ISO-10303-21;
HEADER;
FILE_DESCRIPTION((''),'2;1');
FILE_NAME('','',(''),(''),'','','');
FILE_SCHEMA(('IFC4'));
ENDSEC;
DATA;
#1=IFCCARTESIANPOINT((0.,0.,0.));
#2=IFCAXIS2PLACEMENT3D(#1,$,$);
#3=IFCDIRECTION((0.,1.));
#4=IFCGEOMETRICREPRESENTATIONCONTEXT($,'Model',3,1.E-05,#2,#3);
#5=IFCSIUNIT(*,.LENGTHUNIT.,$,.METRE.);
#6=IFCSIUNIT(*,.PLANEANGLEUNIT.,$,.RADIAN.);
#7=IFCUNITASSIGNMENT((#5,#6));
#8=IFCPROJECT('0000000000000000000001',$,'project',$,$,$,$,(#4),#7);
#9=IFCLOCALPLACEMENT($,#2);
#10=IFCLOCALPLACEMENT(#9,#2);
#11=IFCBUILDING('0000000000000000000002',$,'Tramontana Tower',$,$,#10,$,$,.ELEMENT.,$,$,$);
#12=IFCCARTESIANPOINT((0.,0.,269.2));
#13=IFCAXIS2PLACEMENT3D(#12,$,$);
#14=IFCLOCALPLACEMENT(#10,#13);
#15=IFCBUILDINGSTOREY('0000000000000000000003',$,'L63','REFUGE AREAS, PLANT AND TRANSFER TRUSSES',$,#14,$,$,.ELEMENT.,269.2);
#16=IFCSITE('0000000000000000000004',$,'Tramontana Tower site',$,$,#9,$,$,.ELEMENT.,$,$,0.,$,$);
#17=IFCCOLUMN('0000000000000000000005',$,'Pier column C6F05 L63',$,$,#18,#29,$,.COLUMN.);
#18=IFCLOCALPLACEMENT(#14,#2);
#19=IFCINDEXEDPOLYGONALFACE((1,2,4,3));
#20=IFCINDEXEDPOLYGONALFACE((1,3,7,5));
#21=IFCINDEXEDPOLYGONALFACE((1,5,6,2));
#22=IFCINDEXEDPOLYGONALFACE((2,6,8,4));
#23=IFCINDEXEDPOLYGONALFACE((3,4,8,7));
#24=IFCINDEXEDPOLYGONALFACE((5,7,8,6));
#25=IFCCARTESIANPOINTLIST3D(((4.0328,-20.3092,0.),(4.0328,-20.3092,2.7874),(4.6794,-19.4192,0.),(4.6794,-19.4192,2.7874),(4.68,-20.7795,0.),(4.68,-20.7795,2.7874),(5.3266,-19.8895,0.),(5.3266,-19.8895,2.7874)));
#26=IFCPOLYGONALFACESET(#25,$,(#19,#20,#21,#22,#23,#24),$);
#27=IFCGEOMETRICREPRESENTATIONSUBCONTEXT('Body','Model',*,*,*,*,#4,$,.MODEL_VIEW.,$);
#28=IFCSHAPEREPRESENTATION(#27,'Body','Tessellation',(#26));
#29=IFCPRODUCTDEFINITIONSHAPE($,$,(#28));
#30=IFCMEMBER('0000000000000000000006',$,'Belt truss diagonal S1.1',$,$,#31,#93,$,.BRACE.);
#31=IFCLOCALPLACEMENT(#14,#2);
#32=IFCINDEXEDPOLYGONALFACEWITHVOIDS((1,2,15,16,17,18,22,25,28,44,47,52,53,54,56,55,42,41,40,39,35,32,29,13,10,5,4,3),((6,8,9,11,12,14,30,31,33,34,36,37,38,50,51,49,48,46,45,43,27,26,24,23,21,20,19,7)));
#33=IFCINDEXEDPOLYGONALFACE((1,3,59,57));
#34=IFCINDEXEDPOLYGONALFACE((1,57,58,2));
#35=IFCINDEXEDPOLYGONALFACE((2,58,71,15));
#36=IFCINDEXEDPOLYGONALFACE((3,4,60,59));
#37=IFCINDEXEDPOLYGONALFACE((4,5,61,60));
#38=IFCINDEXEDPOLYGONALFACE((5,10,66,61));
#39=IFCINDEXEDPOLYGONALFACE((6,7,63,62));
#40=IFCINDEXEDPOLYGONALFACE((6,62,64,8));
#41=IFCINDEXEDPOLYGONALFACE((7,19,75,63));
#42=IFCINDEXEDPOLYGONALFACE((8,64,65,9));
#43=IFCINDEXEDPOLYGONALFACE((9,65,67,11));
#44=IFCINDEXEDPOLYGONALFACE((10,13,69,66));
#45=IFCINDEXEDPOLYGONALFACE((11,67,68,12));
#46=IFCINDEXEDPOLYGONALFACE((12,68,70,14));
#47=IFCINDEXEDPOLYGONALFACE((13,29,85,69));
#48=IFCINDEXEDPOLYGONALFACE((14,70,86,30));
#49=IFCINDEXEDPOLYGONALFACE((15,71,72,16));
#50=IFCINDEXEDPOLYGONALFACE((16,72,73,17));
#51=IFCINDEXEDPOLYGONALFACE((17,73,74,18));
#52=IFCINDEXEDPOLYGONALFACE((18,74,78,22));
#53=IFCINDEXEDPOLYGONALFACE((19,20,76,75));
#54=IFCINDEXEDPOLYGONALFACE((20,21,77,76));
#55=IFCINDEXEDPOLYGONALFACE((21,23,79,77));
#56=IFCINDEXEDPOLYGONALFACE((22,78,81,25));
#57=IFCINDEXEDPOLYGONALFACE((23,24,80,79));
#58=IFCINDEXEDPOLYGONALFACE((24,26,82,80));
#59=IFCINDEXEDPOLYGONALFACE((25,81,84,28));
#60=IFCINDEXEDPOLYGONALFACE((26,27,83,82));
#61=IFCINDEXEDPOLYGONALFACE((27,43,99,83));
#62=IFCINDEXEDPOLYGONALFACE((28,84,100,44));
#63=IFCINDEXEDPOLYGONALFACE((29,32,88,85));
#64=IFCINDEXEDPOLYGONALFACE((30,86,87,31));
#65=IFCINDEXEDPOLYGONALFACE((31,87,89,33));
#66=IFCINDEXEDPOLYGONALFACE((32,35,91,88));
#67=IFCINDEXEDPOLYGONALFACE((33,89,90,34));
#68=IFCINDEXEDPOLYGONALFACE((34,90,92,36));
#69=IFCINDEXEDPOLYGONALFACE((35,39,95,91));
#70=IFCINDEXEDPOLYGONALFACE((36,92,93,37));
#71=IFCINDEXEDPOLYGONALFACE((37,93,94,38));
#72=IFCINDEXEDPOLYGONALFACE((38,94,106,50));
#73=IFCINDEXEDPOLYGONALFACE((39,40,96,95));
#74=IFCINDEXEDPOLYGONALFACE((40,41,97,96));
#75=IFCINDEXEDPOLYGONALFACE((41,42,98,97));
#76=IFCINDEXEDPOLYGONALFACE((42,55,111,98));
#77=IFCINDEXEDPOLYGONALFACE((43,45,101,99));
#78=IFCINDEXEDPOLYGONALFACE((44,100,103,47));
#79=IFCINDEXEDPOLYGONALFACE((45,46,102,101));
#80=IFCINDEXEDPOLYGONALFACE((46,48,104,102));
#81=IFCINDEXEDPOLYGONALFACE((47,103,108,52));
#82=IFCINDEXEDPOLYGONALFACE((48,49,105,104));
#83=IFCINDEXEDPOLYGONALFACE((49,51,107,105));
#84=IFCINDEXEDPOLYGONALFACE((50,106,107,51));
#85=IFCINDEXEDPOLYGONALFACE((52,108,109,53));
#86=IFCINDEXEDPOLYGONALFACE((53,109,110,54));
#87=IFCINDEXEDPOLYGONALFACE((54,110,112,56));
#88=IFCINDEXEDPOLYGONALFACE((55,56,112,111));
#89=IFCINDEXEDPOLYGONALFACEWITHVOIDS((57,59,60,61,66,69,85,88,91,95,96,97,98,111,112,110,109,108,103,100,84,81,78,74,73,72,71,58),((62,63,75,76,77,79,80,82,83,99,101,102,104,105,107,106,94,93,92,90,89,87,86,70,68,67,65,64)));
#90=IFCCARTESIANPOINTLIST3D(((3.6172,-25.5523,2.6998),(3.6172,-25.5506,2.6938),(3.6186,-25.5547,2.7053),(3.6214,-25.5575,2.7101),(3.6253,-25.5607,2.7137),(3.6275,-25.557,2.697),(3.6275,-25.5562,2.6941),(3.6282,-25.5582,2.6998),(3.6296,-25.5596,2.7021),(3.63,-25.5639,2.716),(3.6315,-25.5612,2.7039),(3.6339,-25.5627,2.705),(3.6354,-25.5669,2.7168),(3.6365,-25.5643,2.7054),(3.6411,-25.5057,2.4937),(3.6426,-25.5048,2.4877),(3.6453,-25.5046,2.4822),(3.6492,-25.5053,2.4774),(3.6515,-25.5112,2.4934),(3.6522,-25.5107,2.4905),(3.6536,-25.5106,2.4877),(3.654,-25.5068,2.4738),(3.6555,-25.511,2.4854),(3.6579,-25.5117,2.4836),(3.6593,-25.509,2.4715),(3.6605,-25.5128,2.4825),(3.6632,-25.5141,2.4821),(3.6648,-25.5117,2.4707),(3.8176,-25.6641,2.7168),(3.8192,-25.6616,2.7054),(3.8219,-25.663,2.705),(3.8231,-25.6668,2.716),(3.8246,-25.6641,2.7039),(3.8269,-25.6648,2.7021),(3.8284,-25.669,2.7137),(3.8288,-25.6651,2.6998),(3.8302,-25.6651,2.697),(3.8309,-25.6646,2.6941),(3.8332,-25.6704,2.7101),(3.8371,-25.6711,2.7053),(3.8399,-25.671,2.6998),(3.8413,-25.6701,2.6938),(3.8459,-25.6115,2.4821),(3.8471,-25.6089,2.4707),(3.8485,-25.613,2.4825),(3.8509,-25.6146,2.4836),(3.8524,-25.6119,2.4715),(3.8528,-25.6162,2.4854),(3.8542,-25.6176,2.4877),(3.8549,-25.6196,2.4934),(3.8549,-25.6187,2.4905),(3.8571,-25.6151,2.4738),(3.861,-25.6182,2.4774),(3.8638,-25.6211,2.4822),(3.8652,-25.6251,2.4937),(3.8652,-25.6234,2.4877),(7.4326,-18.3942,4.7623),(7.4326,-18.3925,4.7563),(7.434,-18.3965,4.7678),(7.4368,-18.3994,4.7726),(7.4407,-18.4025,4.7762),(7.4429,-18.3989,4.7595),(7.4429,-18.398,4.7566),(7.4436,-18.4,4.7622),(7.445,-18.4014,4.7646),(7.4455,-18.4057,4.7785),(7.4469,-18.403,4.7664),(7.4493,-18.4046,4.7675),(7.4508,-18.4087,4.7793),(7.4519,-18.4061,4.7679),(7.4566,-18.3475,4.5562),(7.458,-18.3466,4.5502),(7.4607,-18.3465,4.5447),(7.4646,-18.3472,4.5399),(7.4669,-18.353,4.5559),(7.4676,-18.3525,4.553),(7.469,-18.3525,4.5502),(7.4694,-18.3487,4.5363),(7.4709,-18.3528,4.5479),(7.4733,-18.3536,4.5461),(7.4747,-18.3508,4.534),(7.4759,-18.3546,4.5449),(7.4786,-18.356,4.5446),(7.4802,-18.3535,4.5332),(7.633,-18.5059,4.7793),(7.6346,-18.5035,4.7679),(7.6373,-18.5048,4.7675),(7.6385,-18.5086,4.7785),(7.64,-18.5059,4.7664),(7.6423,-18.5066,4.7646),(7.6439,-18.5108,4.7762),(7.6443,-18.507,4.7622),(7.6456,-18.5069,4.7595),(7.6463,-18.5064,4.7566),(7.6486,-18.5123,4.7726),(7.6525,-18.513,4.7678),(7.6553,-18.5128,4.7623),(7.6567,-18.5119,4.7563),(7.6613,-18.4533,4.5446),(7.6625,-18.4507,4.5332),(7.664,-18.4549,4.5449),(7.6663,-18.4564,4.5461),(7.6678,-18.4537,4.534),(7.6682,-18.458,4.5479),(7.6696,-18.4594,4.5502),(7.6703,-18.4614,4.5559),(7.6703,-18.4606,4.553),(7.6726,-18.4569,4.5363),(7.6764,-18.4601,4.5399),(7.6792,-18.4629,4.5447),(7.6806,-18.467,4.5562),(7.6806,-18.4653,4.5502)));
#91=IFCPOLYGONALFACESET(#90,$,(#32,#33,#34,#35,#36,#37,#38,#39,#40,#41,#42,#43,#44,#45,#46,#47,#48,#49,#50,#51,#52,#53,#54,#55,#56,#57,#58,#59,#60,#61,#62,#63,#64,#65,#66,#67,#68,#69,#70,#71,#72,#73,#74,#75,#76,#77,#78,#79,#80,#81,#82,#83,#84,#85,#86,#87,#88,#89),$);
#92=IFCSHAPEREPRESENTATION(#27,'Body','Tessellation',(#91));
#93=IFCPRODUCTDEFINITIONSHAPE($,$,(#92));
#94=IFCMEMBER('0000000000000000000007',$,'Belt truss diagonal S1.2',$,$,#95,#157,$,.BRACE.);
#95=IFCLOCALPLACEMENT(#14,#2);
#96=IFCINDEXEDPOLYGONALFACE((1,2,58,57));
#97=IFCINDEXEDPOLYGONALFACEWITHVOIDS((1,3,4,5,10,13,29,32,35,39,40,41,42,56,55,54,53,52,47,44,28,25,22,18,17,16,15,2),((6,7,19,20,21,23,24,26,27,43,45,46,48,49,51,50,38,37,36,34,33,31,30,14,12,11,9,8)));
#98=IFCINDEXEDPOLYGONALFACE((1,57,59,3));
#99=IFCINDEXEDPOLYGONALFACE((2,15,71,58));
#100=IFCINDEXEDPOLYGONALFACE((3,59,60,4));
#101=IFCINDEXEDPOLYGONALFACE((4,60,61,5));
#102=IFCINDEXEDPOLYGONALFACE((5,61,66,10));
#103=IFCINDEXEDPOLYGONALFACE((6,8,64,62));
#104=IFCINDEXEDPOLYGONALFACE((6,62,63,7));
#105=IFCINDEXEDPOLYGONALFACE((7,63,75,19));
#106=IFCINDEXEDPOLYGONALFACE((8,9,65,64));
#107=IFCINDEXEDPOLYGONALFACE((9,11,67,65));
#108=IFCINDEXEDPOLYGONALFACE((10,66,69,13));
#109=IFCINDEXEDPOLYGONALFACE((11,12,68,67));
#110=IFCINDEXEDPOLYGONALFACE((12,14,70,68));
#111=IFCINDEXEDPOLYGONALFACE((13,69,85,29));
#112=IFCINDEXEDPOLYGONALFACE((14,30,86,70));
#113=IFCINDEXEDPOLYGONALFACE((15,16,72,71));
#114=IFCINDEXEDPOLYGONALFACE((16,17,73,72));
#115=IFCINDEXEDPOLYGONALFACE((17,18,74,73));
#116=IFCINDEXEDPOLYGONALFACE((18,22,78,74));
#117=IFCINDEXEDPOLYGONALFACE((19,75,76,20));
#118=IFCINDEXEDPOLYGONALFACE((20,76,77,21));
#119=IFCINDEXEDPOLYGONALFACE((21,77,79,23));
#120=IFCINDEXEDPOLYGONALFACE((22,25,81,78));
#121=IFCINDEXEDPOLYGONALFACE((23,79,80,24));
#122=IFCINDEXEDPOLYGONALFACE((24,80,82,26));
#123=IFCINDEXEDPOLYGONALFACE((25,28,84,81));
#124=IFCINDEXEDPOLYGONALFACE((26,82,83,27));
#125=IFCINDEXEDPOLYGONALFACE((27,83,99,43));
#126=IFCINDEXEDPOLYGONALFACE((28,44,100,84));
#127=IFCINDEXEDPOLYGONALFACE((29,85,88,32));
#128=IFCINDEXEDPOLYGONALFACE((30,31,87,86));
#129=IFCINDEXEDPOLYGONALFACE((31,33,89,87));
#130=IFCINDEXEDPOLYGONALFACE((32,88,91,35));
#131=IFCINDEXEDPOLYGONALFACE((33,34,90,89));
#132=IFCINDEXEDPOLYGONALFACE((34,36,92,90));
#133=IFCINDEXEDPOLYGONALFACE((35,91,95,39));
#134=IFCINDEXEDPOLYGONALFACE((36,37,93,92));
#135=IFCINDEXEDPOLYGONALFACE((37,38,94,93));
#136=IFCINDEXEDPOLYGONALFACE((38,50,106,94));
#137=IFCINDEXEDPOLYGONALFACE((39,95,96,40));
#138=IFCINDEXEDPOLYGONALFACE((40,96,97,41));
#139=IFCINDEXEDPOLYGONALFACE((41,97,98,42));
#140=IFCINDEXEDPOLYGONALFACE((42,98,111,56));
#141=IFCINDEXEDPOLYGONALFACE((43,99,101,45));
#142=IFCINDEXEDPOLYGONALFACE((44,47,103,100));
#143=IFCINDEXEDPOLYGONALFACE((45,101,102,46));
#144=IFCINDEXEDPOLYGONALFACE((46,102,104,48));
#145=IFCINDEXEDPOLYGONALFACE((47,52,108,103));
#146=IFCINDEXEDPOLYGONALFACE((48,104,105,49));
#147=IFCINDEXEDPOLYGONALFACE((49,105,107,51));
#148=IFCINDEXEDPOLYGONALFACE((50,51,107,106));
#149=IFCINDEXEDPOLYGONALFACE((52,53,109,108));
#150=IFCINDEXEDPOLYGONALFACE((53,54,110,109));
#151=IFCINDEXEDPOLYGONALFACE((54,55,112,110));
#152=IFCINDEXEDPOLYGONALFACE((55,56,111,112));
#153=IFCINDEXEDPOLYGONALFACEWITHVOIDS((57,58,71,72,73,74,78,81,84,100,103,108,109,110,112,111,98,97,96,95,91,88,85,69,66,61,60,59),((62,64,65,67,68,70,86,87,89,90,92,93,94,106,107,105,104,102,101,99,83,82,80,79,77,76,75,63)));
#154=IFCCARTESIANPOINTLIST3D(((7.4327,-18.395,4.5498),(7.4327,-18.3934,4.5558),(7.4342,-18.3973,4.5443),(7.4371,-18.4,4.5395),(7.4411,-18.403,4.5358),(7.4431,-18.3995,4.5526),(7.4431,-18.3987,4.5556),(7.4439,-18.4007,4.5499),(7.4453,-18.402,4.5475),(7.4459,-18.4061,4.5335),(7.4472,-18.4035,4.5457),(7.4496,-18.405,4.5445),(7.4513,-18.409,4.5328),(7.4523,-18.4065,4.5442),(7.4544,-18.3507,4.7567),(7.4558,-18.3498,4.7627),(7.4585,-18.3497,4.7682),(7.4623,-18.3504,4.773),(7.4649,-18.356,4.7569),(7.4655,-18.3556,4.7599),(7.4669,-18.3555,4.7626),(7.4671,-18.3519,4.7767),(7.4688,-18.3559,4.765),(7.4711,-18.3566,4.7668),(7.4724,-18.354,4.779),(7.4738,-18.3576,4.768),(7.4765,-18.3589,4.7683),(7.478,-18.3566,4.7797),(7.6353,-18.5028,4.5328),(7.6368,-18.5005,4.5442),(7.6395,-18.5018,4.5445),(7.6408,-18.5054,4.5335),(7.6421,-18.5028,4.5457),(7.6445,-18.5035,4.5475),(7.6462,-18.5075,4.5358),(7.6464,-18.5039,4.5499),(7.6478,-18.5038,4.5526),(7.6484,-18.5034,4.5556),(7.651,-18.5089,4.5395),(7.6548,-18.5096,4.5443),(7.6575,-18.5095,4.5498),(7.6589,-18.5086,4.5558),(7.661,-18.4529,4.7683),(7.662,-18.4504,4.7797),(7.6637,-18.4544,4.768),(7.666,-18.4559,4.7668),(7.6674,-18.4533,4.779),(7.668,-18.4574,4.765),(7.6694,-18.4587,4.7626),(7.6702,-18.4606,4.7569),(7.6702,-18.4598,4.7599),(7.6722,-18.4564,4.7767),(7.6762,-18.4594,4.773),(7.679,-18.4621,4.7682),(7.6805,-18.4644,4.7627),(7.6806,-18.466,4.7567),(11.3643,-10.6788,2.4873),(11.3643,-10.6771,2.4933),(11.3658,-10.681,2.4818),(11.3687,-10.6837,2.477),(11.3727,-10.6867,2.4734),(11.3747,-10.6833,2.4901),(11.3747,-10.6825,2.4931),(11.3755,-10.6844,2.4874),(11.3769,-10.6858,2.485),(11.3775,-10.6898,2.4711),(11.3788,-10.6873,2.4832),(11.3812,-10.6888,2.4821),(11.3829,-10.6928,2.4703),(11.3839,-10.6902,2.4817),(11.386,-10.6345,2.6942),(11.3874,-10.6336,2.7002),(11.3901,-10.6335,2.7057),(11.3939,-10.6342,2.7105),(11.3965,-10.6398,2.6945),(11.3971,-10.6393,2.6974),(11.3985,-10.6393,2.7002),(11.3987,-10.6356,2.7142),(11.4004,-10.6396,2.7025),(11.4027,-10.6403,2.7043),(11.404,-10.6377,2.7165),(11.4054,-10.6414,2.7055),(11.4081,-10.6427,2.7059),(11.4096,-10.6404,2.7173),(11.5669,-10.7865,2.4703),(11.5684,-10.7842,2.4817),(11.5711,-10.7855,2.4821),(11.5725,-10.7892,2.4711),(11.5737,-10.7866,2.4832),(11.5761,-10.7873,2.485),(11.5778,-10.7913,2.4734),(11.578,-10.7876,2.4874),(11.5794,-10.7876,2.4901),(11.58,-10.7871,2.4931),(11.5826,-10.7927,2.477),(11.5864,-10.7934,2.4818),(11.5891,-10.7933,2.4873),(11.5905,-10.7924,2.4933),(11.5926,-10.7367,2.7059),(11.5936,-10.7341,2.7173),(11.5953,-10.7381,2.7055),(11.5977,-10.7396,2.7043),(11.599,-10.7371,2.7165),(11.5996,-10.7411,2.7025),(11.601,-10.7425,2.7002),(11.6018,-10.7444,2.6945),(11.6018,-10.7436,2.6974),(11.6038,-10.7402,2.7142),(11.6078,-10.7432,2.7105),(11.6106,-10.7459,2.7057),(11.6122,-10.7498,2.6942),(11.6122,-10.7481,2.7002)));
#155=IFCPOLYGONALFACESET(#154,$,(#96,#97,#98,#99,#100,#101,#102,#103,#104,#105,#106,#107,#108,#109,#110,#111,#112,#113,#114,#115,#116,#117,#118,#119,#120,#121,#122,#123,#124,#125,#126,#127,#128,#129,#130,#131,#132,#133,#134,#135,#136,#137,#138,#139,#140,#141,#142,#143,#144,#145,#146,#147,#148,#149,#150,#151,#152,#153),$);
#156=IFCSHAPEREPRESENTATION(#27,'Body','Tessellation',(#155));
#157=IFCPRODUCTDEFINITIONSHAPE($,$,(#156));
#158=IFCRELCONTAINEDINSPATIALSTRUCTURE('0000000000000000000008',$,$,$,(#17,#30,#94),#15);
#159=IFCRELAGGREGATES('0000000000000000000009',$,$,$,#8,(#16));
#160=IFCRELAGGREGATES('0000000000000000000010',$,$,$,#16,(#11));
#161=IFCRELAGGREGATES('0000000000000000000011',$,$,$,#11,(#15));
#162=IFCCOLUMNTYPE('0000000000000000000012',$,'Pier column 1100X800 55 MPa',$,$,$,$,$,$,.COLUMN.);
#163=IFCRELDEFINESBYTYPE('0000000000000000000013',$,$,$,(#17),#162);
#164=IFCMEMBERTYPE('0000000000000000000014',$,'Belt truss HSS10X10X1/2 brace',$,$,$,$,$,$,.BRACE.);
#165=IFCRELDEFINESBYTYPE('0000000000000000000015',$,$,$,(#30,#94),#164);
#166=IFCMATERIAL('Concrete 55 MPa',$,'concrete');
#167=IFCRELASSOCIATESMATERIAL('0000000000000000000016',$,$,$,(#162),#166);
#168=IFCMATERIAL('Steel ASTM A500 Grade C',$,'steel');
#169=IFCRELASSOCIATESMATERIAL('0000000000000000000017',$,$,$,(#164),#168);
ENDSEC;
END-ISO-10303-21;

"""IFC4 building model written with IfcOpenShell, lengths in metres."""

from ifc_helpers import new_model, si_unit, direction, frame, origin, origin_2d, place, context, subcontext, project, spatial, rectangle, hollow_rectangle, extrude, material, material_profile, profile_set, type_object, element, save


model = new_model("IFC4")

# Units and contexts
model_context = context("Model", 3, precision=1e-05, world=origin(), true_north=direction((0.0, 1.0)))
body_context = subcontext(model_context, "Body", "Model", "MODEL_VIEW")
ifc_project = project(units=[si_unit("LENGTHUNIT", "METRE"), si_unit("PLANEANGLEUNIT", "RADIAN")], contexts=[model_context])

# Site, building, storey
site_placement = place(None, origin())
site = spatial("IfcSite", under=ifc_project, at=site_placement, Name="Tramontana Tower site", CompositionType="ELEMENT", RefElevation=0.0)
building_placement = place(site_placement, origin())
building = spatial("IfcBuilding", under=site, at=building_placement, Name="Tramontana Tower", CompositionType="ELEMENT")
storey_placement = place(building_placement, frame((0.0, 0.0, 269.2)))
storey = spatial("IfcBuildingStorey", under=building, at=storey_placement, Name="L63", Description="REFUGE AREAS, PLANT AND TRANSFER TRUSSES", CompositionType="ELEMENT", Elevation=269.2)

# Column
ifc_material_1 = material(Name="Concrete 55 MPa", Category="concrete")
ifc_material_profile_1 = material_profile(ifc_material_1, rectangle(XDim=1.1001, YDim=0.8, at=origin_2d()), Name="Pier column 1100X800 55 MPa")
ifc_profile_set_1 = profile_set([ifc_material_profile_1], Name="Concrete 55 MPa")
column_type = type_object("IfcColumnType", Name="Pier column 1100X800 55 MPa", PredefinedType="COLUMN", material=ifc_profile_set_1)
column_placement = place(storey_placement, frame((4.6797, -20.0994, 0.0), z_axis=(0.0, 0.0, 1.0), x_axis=(0.587785, 0.809017, 0.0)))
element("IfcColumn", 1, at=column_placement, inside=storey, type_object=column_type, Name="Pier column C6F05 L63", PredefinedType="COLUMN", context=body_context, shape_type="SweptSolid", body=[
    extrude(rectangle(XDim=1.1001, YDim=0.8, at=origin_2d()), origin(), (0.0, 0.0, 1.0), 2.7874),
])

# Members
ifc_material_2 = material(Name="Steel ASTM A500 Grade C", Category="steel")
ifc_material_profile_2 = material_profile(ifc_material_2, hollow_rectangle(XDim=0.2539, YDim=0.2539, WallThickness=0.0117, InnerFilletRadius=0.0117, OuterFilletRadius=0.0237, at=origin_2d()), Name="HSS10X10X1/2")
ifc_profile_set_2 = profile_set([ifc_material_profile_2], Name="Steel ASTM A500 Grade C")
member_type_1 = type_object("IfcMemberType", Name="Belt truss HSS10X10X1/2 brace", PredefinedType="BRACE", material=ifc_profile_set_2)
member_1_placement = place(storey_placement, frame((3.7412, -25.5879, 2.5938), z_axis=(0.455864, 0.855256, 0.246426), x_axis=(-0.88247, 0.47037, 0.0)))
element("IfcMember", 2, at=member_1_placement, inside=storey, type_object=member_type_1, Name="Belt truss diagonal S1.1", PredefinedType="BRACE", context=body_context, shape_type="SweptSolid", body=[
    extrude(hollow_rectangle(XDim=0.2539, YDim=0.2539, WallThickness=0.0117, InnerFilletRadius=0.0117, OuterFilletRadius=0.0237, at=origin_2d()), origin(), (0.0, 0.0, 1.0), 8.3696),
])
member_2_placement = place(storey_placement, frame((7.5566, -18.4297, 4.6562), z_axis=(0.441637, 0.866765, -0.231679), x_axis=(-0.891007, 0.453989, 0.0)))
element("IfcMember", 3, at=member_2_placement, inside=storey, type_object=member_type_1, Name="Belt truss diagonal S1.2", PredefinedType="BRACE", context=body_context, shape_type="SweptSolid", body=[
    extrude(hollow_rectangle(XDim=0.2539, YDim=0.2539, WallThickness=0.0117, InnerFilletRadius=0.0117, OuterFilletRadius=0.0237, at=origin_2d()), origin(), (0.0, 0.0, 1.0), 8.9023),
])

save(model, "model.ifc")
